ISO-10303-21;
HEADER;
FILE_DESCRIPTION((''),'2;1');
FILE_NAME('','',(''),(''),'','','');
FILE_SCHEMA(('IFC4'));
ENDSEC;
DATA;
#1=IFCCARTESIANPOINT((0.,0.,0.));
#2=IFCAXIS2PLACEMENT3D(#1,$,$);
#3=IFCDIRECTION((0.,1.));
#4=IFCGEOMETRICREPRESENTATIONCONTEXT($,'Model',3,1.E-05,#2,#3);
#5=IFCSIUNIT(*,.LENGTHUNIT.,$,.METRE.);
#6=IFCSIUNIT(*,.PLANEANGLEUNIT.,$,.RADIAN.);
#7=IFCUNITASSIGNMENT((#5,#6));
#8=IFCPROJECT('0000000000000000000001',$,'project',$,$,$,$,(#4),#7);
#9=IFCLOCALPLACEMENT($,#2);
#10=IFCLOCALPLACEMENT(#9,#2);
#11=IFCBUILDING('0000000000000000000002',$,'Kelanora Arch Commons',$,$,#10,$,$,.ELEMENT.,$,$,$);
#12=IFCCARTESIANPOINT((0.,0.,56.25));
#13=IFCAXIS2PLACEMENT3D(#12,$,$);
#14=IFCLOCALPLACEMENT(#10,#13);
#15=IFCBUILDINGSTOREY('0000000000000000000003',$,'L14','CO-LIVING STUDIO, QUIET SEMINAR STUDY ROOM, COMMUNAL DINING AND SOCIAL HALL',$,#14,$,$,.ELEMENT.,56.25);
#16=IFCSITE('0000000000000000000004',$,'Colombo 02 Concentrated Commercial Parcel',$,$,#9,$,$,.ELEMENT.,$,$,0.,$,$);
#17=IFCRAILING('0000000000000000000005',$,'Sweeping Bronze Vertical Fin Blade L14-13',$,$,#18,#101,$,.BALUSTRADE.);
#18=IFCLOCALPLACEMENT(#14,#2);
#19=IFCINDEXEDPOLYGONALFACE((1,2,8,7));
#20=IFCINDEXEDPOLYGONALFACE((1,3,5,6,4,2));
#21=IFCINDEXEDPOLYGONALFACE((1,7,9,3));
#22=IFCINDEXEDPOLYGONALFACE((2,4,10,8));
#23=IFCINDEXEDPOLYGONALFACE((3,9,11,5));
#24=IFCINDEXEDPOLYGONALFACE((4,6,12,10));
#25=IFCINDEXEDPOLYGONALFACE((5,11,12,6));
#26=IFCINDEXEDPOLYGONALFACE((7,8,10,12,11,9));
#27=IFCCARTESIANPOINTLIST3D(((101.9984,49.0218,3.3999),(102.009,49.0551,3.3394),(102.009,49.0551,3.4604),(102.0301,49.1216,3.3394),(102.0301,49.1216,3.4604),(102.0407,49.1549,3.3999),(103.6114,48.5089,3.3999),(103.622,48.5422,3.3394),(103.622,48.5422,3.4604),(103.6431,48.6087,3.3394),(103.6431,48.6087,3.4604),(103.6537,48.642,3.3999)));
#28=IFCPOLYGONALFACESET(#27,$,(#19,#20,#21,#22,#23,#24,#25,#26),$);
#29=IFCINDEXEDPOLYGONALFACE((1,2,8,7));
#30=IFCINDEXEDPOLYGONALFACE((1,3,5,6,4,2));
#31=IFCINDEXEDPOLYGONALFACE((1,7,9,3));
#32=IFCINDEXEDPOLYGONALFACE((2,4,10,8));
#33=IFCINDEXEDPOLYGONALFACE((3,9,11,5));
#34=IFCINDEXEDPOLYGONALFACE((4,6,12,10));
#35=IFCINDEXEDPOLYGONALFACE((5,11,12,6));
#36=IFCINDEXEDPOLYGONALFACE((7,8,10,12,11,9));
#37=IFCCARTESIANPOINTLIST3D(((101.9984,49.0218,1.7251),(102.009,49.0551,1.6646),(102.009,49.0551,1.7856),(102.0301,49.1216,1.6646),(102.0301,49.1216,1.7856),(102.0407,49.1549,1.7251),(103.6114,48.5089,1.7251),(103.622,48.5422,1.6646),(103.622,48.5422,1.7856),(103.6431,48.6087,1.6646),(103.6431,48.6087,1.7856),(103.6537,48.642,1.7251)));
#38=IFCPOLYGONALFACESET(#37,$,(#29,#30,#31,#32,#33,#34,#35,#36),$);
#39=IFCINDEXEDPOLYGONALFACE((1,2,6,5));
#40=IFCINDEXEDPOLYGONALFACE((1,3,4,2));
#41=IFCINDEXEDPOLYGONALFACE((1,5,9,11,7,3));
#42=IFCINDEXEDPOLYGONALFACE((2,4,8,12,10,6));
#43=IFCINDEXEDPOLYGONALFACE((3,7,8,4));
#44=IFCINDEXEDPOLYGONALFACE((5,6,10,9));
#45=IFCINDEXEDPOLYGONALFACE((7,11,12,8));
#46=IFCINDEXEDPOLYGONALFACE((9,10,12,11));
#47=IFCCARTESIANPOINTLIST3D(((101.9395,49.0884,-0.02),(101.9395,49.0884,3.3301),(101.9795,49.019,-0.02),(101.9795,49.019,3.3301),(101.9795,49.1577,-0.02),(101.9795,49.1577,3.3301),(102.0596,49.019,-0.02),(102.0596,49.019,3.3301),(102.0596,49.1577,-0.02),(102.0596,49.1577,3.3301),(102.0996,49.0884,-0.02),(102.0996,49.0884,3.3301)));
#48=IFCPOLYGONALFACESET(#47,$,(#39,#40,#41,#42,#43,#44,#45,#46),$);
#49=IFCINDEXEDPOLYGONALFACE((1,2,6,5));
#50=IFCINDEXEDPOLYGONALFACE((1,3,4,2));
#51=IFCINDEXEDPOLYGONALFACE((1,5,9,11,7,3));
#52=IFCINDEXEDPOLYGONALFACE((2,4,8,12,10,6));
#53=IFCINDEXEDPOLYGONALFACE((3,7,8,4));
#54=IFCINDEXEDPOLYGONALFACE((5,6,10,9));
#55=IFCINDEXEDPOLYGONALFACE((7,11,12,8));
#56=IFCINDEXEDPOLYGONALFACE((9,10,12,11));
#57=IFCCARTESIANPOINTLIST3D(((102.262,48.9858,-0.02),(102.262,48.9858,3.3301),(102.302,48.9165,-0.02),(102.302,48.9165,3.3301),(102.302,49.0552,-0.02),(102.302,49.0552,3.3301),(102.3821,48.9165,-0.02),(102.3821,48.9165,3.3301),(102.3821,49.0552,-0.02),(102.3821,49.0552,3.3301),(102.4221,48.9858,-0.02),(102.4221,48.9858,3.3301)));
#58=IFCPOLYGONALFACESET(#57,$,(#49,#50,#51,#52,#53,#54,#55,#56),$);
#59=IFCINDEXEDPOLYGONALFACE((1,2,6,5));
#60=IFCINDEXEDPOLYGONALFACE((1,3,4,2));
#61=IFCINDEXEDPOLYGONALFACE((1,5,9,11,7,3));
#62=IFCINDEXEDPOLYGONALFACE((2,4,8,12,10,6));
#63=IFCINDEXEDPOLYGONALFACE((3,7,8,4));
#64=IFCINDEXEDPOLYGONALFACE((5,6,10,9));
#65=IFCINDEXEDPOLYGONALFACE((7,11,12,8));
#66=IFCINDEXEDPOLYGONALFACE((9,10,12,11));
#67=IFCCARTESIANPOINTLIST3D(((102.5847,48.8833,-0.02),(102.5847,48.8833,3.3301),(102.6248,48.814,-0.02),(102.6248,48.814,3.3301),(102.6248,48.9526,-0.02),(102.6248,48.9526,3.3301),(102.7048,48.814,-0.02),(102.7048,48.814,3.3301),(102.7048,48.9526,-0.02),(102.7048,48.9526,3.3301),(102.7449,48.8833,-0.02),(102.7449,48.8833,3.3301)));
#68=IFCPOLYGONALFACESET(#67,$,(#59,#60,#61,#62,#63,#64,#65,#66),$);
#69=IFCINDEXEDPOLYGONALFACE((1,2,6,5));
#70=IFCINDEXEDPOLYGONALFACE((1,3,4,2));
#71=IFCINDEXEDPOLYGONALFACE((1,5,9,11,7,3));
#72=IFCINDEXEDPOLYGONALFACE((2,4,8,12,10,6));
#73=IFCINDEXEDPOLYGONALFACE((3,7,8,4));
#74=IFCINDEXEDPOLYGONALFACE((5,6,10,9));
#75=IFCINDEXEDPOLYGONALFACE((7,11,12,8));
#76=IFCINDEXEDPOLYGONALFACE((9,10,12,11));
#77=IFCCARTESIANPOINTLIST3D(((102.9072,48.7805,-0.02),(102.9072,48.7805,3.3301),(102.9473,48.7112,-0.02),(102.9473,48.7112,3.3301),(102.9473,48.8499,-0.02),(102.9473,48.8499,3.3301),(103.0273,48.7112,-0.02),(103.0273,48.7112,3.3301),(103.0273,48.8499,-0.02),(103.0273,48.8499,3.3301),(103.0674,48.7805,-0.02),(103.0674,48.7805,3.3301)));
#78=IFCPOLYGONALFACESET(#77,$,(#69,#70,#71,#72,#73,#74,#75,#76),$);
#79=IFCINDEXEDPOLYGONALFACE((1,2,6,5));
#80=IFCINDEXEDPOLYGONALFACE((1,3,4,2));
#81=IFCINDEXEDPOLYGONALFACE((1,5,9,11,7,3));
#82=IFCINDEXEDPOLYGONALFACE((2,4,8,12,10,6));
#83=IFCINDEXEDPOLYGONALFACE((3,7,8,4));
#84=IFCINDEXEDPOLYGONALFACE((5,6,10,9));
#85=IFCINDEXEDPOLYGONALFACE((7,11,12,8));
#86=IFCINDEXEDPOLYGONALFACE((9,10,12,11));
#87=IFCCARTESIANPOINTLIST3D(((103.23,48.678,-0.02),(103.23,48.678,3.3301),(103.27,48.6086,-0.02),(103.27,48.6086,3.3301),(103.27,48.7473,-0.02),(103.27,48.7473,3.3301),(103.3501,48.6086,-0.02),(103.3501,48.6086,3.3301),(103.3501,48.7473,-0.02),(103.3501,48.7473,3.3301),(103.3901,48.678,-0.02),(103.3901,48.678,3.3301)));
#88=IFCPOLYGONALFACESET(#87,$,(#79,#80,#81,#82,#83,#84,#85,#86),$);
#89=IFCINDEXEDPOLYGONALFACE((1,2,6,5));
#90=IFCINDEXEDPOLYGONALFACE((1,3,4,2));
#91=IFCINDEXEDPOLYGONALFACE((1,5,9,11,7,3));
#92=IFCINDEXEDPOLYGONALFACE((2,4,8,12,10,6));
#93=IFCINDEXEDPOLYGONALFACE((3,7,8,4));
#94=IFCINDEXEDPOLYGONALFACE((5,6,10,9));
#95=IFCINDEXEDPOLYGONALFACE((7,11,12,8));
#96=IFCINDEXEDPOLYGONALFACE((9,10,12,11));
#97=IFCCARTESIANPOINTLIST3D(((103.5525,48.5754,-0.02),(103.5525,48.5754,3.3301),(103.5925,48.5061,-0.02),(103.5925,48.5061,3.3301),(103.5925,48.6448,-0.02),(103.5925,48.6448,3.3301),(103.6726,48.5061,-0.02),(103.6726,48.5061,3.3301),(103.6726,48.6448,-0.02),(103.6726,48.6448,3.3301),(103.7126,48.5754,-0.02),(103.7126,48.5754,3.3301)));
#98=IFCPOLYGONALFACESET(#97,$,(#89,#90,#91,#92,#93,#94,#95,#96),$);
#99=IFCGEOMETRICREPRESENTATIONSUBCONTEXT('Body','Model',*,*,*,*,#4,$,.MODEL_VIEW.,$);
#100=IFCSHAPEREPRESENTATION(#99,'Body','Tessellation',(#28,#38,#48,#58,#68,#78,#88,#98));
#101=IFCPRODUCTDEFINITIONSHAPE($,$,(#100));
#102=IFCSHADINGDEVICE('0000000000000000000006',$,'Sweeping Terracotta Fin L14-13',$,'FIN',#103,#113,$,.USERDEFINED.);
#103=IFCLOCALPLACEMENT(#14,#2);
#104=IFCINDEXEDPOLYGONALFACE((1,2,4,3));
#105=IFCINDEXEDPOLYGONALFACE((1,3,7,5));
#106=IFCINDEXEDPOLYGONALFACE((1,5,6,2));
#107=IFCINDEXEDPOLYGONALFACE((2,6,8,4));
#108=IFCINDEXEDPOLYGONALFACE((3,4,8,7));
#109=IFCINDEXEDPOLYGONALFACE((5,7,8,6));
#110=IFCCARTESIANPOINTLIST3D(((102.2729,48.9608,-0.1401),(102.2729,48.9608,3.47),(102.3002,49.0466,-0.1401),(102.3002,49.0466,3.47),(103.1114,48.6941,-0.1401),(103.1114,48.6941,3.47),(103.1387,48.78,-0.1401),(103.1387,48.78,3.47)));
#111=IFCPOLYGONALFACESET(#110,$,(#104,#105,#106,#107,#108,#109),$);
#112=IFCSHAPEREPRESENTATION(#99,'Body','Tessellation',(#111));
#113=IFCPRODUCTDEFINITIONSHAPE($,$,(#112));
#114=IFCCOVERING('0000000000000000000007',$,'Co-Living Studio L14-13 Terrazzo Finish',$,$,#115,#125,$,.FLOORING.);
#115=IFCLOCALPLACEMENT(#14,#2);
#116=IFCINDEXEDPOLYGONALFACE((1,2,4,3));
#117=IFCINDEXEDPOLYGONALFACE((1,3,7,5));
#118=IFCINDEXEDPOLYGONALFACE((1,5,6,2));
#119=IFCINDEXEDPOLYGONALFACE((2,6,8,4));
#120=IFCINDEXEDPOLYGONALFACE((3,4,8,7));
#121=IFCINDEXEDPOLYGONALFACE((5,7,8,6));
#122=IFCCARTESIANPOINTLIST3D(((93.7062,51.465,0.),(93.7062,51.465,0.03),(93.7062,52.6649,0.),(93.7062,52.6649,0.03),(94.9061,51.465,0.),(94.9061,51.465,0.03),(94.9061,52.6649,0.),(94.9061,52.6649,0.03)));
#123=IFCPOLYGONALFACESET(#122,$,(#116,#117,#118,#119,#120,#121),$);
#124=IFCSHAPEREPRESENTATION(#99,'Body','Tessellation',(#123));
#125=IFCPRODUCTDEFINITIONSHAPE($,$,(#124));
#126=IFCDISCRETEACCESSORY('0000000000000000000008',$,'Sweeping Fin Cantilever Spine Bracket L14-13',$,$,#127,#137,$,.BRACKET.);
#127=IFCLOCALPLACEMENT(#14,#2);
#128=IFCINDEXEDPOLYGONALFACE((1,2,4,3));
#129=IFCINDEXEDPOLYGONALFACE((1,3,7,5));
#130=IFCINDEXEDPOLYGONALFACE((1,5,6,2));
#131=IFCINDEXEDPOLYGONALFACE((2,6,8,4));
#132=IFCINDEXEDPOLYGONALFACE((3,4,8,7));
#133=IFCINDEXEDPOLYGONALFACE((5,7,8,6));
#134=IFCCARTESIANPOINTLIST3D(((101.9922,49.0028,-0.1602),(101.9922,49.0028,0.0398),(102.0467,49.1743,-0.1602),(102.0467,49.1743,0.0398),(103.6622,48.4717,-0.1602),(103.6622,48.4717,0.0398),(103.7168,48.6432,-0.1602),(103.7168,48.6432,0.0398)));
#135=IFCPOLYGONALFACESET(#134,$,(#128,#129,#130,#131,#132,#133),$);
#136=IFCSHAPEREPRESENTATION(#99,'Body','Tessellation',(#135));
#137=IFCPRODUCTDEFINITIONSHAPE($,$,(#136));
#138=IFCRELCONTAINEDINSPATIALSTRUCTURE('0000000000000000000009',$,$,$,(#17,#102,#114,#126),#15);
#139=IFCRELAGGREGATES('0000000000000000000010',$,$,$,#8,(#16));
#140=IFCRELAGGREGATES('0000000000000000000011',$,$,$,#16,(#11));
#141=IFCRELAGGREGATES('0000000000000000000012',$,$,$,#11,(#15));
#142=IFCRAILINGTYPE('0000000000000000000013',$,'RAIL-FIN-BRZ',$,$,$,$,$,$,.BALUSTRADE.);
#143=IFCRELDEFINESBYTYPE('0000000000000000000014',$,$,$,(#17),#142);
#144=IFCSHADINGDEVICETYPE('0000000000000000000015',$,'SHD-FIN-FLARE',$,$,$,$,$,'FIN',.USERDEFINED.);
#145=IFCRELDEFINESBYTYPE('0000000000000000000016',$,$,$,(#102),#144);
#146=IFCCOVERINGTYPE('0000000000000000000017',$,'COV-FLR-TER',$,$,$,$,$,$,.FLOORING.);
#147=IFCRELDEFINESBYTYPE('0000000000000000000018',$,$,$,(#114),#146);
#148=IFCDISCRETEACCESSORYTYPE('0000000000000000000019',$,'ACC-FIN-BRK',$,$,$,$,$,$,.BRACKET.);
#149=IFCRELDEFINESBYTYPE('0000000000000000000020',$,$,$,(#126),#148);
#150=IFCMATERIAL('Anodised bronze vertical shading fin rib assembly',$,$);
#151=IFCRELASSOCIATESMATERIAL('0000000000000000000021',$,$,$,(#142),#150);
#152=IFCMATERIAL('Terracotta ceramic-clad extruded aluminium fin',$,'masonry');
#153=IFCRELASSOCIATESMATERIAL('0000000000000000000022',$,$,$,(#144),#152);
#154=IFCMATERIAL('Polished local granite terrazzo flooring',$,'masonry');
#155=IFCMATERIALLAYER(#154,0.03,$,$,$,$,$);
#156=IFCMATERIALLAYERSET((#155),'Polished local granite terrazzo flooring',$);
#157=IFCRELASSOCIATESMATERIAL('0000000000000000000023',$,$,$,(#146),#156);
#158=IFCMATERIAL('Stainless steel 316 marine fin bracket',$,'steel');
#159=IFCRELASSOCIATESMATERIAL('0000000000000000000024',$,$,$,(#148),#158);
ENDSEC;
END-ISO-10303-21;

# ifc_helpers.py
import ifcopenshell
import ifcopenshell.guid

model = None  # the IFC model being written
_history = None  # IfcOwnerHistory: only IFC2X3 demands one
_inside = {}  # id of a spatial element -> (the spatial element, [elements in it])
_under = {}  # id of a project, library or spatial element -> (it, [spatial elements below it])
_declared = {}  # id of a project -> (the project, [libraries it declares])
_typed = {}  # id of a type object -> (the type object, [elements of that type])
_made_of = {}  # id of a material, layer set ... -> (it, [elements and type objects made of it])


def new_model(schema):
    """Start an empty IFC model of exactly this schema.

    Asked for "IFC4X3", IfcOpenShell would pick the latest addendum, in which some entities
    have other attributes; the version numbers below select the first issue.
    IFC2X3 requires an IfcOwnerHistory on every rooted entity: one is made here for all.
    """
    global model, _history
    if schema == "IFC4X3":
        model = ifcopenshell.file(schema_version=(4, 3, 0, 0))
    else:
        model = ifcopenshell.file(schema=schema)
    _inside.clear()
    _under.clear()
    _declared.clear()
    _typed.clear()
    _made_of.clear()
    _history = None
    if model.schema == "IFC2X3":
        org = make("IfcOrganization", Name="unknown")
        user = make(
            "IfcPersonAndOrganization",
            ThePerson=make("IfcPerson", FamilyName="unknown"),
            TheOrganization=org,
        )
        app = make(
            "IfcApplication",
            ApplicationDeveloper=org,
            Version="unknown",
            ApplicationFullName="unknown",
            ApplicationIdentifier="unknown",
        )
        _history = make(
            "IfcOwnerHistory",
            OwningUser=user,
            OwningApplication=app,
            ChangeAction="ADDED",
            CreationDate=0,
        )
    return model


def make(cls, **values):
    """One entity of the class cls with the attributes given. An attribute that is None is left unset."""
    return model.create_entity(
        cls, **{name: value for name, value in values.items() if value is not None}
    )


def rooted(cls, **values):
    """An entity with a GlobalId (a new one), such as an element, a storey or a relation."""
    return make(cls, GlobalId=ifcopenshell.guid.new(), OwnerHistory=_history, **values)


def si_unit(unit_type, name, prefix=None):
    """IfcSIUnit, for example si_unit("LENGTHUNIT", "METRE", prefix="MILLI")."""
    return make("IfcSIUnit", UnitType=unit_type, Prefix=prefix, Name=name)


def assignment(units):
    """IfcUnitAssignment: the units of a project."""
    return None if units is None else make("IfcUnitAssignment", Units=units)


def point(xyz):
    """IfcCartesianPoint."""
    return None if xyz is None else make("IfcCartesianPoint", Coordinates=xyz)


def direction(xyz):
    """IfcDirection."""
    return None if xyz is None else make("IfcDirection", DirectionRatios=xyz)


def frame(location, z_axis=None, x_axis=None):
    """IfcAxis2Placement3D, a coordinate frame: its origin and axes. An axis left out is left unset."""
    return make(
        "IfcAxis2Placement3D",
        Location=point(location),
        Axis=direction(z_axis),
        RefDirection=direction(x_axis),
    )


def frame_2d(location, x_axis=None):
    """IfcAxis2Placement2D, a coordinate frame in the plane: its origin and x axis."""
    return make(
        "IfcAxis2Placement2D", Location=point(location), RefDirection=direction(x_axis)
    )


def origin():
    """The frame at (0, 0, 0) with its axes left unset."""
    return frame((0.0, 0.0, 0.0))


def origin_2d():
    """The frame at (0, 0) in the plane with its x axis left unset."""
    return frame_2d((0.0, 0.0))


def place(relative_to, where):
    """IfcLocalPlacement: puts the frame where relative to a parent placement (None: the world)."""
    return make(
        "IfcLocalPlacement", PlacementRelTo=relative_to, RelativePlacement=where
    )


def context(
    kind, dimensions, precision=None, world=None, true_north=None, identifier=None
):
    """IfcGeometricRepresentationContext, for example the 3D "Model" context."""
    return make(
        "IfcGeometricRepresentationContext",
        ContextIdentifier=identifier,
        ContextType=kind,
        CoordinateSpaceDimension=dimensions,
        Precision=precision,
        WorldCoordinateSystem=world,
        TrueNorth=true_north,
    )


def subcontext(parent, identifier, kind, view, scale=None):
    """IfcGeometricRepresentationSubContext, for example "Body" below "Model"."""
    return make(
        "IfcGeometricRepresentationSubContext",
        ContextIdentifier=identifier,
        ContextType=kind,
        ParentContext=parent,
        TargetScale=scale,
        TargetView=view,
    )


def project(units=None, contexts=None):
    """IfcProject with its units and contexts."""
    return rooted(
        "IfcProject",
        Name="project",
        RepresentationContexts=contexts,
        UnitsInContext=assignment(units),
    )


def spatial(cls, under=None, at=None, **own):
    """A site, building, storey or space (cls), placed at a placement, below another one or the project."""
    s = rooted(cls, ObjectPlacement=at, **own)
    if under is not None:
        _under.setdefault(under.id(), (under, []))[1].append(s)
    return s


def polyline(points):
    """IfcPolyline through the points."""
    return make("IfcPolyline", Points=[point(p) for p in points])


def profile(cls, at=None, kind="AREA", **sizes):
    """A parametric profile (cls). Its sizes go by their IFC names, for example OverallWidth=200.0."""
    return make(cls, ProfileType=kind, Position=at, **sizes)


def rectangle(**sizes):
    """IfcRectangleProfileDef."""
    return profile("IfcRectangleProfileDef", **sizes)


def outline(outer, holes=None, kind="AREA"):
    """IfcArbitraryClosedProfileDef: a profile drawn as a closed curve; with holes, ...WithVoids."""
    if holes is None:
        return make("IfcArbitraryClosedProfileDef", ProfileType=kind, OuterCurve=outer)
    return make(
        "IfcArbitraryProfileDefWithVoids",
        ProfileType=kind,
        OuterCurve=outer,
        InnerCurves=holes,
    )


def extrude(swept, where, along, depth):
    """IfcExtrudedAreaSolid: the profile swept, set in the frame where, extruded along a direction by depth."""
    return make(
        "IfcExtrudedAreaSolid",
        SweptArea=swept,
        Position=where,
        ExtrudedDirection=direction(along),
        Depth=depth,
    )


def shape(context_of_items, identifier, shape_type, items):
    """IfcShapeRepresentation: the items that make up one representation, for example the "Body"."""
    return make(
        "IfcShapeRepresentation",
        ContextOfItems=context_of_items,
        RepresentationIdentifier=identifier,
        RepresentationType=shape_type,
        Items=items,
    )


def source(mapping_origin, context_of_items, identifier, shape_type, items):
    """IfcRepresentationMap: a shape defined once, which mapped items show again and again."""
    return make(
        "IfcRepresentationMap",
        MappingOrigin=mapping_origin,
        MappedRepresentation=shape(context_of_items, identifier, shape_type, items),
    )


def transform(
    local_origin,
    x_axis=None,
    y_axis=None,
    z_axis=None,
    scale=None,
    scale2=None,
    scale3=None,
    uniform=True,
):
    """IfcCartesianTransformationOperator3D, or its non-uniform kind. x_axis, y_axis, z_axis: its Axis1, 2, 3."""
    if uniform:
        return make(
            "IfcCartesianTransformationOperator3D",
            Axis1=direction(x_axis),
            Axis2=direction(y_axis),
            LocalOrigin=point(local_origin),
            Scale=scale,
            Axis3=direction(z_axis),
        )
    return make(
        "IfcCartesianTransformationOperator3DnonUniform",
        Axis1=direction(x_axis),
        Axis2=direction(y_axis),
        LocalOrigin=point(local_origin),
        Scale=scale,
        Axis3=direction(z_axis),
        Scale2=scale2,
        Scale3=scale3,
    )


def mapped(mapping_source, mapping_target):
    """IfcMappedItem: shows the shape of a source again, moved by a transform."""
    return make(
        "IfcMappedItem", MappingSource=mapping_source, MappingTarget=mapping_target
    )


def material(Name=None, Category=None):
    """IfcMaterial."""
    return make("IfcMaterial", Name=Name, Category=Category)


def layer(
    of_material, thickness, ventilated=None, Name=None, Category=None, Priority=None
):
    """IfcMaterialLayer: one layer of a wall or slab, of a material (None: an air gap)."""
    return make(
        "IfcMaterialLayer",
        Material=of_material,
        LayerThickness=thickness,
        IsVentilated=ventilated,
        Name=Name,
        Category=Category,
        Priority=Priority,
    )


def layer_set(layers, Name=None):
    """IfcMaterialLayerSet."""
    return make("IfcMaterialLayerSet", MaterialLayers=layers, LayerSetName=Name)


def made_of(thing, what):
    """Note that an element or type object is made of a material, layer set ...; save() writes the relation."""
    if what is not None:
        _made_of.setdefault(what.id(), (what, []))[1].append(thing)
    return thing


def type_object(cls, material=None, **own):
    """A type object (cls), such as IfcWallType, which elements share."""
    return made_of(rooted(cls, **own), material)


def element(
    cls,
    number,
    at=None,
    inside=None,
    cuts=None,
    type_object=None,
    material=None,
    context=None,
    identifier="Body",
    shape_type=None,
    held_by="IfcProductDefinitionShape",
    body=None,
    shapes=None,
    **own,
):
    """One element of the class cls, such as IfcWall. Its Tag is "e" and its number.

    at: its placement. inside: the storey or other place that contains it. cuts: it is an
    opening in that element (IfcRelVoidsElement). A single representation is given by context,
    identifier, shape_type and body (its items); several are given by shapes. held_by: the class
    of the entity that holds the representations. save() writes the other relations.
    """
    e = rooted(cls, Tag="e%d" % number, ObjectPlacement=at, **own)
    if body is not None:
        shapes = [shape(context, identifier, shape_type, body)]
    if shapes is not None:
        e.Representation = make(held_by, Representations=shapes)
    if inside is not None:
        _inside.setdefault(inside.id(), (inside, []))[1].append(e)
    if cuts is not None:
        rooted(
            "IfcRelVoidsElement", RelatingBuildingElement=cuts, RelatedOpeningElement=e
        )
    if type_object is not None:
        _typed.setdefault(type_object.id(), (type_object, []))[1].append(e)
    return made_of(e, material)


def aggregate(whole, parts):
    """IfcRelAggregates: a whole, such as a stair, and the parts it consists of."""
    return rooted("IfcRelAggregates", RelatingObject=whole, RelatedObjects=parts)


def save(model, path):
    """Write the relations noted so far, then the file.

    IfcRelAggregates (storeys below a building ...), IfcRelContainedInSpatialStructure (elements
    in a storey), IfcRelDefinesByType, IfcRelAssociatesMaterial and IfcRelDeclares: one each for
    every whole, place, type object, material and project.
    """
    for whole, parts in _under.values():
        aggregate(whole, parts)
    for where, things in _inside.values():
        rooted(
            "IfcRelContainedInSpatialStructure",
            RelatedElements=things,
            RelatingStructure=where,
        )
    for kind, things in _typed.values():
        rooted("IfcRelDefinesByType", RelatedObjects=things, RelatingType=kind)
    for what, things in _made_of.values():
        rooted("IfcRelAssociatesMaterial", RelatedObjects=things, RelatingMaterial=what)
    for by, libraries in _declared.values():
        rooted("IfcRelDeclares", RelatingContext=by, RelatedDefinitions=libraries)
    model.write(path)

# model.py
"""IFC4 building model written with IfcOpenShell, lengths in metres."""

from ifc_helpers import new_model, si_unit, direction, frame, origin, origin_2d, place, context, subcontext, project, spatial, polyline, rectangle, outline, extrude, source, transform, mapped, material, layer, layer_set, type_object, element, save


model = new_model("IFC4")

# Units and contexts
model_context = context("Model", 3, precision=1e-05, world=origin(), true_north=direction((0.0, 1.0)))
body_context = subcontext(model_context, "Body", "Model", "MODEL_VIEW")
ifc_project = project(units=[si_unit("LENGTHUNIT", "METRE"), si_unit("PLANEANGLEUNIT", "RADIAN")], contexts=[model_context])

# Site, building, storey
site_placement = place(None, origin())
site = spatial("IfcSite", under=ifc_project, at=site_placement, Name="Colombo 02 Concentrated Commercial Parcel", CompositionType="ELEMENT", RefElevation=0.0)
building_placement = place(site_placement, origin())
building = spatial("IfcBuilding", under=site, at=building_placement, Name="Kelanora Arch Commons", CompositionType="ELEMENT")
storey_placement = place(building_placement, frame((0.0, 0.0, 56.25)))
storey = spatial("IfcBuildingStorey", under=building, at=storey_placement, Name="L14", Description="CO-LIVING STUDIO, QUIET SEMINAR STUDY ROOM, COMMUNAL DINING AND SOCIAL HALL", CompositionType="ELEMENT", Elevation=56.25)

# Railing
ifc_material_1 = material(Name="Anodised bronze vertical shading fin rib assembly")
railing_type = type_object("IfcRailingType", Name="RAIL-FIN-BRZ", PredefinedType="BALUSTRADE", material=ifc_material_1)
railing_placement = place(storey_placement, frame((102.0195, 49.0884, -0.02)))
element("IfcRailing", 1, at=railing_placement, inside=storey, type_object=railing_type, Name="Sweeping Bronze Vertical Fin Blade L14-13", PredefinedType="BALUSTRADE", context=body_context, shape_type="SweptSolid", body=[
    extrude(outline(polyline([(0.0698, 0.0), (0.0349, 0.0605), (-0.0349, 0.0605), (-0.0698, 0.0), (-0.0349, -0.0605), (0.0349, -0.0605), (0.0698, 0.0)])), frame((0.0, 0.0, 3.4199), z_axis=(0.952977, -0.303043, 0.0), x_axis=(0.303043, 0.952977, 0.0)), (0.0, 0.0, 1.0), 1.6926),
    extrude(outline(polyline([(0.0698, 0.0), (0.0349, 0.0605), (-0.0349, 0.0605), (-0.0698, 0.0), (-0.0349, -0.0605), (0.0349, -0.0605), (0.0698, 0.0)])), frame((0.0, 0.0, 1.7451), z_axis=(0.952977, -0.303043, 0.0), x_axis=(0.303043, 0.952977, 0.0)), (0.0, 0.0, 1.0), 1.6926),
    extrude(outline(polyline([(0.0801, 0.0), (0.04, 0.0693), (-0.04, 0.0693), (-0.0801, 0.0), (-0.04, -0.0693), (0.04, -0.0693), (0.0801, 0.0)])), origin(), (0.0, 0.0, 1.0), 3.3501),
    extrude(outline(polyline([(0.0801, 0.0), (0.04, 0.0693), (-0.04, 0.0693), (-0.0801, 0.0), (-0.04, -0.0693), (0.04, -0.0693), (0.0801, 0.0)])), frame((0.3225, -0.1025, 0.0)), (0.0, 0.0, 1.0), 3.3501),
    extrude(outline(polyline([(0.0801, 0.0), (0.04, 0.0693), (-0.04, 0.0693), (-0.0801, 0.0), (-0.04, -0.0693), (0.04, -0.0693), (0.0801, 0.0)])), frame((0.6453, -0.2051, 0.0)), (0.0, 0.0, 1.0), 3.3501),
    extrude(outline(polyline([(0.0801, 0.0), (0.04, 0.0693), (-0.04, 0.0693), (-0.0801, 0.0), (-0.04, -0.0693), (0.04, -0.0693), (0.0801, 0.0)])), frame((0.9678, -0.3079, 0.0)), (0.0, 0.0, 1.0), 3.3501),
    extrude(outline(polyline([(0.0801, 0.0), (0.04, 0.0693), (-0.04, 0.0693), (-0.0801, 0.0), (-0.04, -0.0693), (0.04, -0.0693), (0.0801, 0.0)])), frame((1.2905, -0.4104, 0.0)), (0.0, 0.0, 1.0), 3.3501),
    extrude(outline(polyline([(0.0801, 0.0), (0.04, 0.0693), (-0.04, 0.0693), (-0.0801, 0.0), (-0.04, -0.0693), (0.04, -0.0693), (0.0801, 0.0)])), frame((1.613, -0.5129, 0.0)), (0.0, 0.0, 1.0), 3.3501),
])

# Shading device
ifc_material_2 = material(Name="Terracotta ceramic-clad extruded aluminium fin", Category="masonry")
shading_device_type = type_object("IfcShadingDeviceType", Name="SHD-FIN-FLARE", ElementType="FIN", PredefinedType="USERDEFINED", material=ifc_material_2)
shared_shape_1 = source(origin(), body_context, "Body", "SweptSolid", [
    extrude(rectangle(XDim=0.8799, YDim=0.0901, at=origin_2d()), origin(), (0.0, 0.0, 1.0), 3.6101),
])
shading_device_placement = place(storey_placement, frame((102.7058, 48.8704, -0.1401), z_axis=(0.0, 0.0, 1.0), x_axis=(0.952979, -0.303035, 0.0)))
element("IfcShadingDevice", 2, at=shading_device_placement, inside=storey, type_object=shading_device_type, Name="Sweeping Terracotta Fin L14-13", ObjectType="FIN", PredefinedType="USERDEFINED", context=body_context, shape_type="MappedRepresentation", body=[
    mapped(shared_shape_1, transform((0.0, 0.0, 0.0), scale=1.0)),
])

# Covering
ifc_material_3 = material(Name="Polished local granite terrazzo flooring", Category="masonry")
ifc_layer_1 = layer(ifc_material_3, 0.03)
ifc_layer_set_1 = layer_set([ifc_layer_1], Name="Polished local granite terrazzo flooring")
covering_type = type_object("IfcCoveringType", Name="COV-FLR-TER", PredefinedType="FLOORING", material=ifc_layer_set_1)
shared_shape_2 = source(origin(), body_context, "Body", "SweptSolid", [
    extrude(rectangle(XDim=1.2, YDim=1.2, at=origin_2d()), origin(), (0.0, 0.0, 1.0), 0.03),
])
covering_placement = place(storey_placement, frame((94.3062, 52.0649, 0.0), z_axis=(0.0, 0.0, 1.0), x_axis=(1.0, 0.0, 0.0)))
element("IfcCovering", 3, at=covering_placement, inside=storey, type_object=covering_type, Name="Co-Living Studio L14-13 Terrazzo Finish", PredefinedType="FLOORING", context=body_context, shape_type="MappedRepresentation", body=[
    mapped(shared_shape_2, transform((0.0, 0.0, 0.0), scale=1.0)),
])

# Discrete accessory
ifc_material_4 = material(Name="Stainless steel 316 marine fin bracket", Category="steel")
discrete_accessory_type = type_object("IfcDiscreteAccessoryType", Name="ACC-FIN-BRK", PredefinedType="BRACKET", material=ifc_material_4)
shared_shape_3 = source(origin(), body_context, "Body", "SweptSolid", [
    extrude(rectangle(XDim=1.7524, YDim=0.1799, at=origin_2d()), origin(), (0.0, 0.0, 1.0), 0.2),
])
discrete_accessory_placement = place(storey_placement, frame((102.8545, 48.823, -0.1602), z_axis=(0.0, 0.0, 1.0), x_axis=(0.952979, -0.303035, 0.0)))
element("IfcDiscreteAccessory", 4, at=discrete_accessory_placement, inside=storey, type_object=discrete_accessory_type, Name="Sweeping Fin Cantilever Spine Bracket L14-13", PredefinedType="BRACKET", context=body_context, shape_type="MappedRepresentation", body=[
    mapped(shared_shape_3, transform((0.0, 0.0, 0.0), scale=1.0)),
])

save(model, "model.ifc")
